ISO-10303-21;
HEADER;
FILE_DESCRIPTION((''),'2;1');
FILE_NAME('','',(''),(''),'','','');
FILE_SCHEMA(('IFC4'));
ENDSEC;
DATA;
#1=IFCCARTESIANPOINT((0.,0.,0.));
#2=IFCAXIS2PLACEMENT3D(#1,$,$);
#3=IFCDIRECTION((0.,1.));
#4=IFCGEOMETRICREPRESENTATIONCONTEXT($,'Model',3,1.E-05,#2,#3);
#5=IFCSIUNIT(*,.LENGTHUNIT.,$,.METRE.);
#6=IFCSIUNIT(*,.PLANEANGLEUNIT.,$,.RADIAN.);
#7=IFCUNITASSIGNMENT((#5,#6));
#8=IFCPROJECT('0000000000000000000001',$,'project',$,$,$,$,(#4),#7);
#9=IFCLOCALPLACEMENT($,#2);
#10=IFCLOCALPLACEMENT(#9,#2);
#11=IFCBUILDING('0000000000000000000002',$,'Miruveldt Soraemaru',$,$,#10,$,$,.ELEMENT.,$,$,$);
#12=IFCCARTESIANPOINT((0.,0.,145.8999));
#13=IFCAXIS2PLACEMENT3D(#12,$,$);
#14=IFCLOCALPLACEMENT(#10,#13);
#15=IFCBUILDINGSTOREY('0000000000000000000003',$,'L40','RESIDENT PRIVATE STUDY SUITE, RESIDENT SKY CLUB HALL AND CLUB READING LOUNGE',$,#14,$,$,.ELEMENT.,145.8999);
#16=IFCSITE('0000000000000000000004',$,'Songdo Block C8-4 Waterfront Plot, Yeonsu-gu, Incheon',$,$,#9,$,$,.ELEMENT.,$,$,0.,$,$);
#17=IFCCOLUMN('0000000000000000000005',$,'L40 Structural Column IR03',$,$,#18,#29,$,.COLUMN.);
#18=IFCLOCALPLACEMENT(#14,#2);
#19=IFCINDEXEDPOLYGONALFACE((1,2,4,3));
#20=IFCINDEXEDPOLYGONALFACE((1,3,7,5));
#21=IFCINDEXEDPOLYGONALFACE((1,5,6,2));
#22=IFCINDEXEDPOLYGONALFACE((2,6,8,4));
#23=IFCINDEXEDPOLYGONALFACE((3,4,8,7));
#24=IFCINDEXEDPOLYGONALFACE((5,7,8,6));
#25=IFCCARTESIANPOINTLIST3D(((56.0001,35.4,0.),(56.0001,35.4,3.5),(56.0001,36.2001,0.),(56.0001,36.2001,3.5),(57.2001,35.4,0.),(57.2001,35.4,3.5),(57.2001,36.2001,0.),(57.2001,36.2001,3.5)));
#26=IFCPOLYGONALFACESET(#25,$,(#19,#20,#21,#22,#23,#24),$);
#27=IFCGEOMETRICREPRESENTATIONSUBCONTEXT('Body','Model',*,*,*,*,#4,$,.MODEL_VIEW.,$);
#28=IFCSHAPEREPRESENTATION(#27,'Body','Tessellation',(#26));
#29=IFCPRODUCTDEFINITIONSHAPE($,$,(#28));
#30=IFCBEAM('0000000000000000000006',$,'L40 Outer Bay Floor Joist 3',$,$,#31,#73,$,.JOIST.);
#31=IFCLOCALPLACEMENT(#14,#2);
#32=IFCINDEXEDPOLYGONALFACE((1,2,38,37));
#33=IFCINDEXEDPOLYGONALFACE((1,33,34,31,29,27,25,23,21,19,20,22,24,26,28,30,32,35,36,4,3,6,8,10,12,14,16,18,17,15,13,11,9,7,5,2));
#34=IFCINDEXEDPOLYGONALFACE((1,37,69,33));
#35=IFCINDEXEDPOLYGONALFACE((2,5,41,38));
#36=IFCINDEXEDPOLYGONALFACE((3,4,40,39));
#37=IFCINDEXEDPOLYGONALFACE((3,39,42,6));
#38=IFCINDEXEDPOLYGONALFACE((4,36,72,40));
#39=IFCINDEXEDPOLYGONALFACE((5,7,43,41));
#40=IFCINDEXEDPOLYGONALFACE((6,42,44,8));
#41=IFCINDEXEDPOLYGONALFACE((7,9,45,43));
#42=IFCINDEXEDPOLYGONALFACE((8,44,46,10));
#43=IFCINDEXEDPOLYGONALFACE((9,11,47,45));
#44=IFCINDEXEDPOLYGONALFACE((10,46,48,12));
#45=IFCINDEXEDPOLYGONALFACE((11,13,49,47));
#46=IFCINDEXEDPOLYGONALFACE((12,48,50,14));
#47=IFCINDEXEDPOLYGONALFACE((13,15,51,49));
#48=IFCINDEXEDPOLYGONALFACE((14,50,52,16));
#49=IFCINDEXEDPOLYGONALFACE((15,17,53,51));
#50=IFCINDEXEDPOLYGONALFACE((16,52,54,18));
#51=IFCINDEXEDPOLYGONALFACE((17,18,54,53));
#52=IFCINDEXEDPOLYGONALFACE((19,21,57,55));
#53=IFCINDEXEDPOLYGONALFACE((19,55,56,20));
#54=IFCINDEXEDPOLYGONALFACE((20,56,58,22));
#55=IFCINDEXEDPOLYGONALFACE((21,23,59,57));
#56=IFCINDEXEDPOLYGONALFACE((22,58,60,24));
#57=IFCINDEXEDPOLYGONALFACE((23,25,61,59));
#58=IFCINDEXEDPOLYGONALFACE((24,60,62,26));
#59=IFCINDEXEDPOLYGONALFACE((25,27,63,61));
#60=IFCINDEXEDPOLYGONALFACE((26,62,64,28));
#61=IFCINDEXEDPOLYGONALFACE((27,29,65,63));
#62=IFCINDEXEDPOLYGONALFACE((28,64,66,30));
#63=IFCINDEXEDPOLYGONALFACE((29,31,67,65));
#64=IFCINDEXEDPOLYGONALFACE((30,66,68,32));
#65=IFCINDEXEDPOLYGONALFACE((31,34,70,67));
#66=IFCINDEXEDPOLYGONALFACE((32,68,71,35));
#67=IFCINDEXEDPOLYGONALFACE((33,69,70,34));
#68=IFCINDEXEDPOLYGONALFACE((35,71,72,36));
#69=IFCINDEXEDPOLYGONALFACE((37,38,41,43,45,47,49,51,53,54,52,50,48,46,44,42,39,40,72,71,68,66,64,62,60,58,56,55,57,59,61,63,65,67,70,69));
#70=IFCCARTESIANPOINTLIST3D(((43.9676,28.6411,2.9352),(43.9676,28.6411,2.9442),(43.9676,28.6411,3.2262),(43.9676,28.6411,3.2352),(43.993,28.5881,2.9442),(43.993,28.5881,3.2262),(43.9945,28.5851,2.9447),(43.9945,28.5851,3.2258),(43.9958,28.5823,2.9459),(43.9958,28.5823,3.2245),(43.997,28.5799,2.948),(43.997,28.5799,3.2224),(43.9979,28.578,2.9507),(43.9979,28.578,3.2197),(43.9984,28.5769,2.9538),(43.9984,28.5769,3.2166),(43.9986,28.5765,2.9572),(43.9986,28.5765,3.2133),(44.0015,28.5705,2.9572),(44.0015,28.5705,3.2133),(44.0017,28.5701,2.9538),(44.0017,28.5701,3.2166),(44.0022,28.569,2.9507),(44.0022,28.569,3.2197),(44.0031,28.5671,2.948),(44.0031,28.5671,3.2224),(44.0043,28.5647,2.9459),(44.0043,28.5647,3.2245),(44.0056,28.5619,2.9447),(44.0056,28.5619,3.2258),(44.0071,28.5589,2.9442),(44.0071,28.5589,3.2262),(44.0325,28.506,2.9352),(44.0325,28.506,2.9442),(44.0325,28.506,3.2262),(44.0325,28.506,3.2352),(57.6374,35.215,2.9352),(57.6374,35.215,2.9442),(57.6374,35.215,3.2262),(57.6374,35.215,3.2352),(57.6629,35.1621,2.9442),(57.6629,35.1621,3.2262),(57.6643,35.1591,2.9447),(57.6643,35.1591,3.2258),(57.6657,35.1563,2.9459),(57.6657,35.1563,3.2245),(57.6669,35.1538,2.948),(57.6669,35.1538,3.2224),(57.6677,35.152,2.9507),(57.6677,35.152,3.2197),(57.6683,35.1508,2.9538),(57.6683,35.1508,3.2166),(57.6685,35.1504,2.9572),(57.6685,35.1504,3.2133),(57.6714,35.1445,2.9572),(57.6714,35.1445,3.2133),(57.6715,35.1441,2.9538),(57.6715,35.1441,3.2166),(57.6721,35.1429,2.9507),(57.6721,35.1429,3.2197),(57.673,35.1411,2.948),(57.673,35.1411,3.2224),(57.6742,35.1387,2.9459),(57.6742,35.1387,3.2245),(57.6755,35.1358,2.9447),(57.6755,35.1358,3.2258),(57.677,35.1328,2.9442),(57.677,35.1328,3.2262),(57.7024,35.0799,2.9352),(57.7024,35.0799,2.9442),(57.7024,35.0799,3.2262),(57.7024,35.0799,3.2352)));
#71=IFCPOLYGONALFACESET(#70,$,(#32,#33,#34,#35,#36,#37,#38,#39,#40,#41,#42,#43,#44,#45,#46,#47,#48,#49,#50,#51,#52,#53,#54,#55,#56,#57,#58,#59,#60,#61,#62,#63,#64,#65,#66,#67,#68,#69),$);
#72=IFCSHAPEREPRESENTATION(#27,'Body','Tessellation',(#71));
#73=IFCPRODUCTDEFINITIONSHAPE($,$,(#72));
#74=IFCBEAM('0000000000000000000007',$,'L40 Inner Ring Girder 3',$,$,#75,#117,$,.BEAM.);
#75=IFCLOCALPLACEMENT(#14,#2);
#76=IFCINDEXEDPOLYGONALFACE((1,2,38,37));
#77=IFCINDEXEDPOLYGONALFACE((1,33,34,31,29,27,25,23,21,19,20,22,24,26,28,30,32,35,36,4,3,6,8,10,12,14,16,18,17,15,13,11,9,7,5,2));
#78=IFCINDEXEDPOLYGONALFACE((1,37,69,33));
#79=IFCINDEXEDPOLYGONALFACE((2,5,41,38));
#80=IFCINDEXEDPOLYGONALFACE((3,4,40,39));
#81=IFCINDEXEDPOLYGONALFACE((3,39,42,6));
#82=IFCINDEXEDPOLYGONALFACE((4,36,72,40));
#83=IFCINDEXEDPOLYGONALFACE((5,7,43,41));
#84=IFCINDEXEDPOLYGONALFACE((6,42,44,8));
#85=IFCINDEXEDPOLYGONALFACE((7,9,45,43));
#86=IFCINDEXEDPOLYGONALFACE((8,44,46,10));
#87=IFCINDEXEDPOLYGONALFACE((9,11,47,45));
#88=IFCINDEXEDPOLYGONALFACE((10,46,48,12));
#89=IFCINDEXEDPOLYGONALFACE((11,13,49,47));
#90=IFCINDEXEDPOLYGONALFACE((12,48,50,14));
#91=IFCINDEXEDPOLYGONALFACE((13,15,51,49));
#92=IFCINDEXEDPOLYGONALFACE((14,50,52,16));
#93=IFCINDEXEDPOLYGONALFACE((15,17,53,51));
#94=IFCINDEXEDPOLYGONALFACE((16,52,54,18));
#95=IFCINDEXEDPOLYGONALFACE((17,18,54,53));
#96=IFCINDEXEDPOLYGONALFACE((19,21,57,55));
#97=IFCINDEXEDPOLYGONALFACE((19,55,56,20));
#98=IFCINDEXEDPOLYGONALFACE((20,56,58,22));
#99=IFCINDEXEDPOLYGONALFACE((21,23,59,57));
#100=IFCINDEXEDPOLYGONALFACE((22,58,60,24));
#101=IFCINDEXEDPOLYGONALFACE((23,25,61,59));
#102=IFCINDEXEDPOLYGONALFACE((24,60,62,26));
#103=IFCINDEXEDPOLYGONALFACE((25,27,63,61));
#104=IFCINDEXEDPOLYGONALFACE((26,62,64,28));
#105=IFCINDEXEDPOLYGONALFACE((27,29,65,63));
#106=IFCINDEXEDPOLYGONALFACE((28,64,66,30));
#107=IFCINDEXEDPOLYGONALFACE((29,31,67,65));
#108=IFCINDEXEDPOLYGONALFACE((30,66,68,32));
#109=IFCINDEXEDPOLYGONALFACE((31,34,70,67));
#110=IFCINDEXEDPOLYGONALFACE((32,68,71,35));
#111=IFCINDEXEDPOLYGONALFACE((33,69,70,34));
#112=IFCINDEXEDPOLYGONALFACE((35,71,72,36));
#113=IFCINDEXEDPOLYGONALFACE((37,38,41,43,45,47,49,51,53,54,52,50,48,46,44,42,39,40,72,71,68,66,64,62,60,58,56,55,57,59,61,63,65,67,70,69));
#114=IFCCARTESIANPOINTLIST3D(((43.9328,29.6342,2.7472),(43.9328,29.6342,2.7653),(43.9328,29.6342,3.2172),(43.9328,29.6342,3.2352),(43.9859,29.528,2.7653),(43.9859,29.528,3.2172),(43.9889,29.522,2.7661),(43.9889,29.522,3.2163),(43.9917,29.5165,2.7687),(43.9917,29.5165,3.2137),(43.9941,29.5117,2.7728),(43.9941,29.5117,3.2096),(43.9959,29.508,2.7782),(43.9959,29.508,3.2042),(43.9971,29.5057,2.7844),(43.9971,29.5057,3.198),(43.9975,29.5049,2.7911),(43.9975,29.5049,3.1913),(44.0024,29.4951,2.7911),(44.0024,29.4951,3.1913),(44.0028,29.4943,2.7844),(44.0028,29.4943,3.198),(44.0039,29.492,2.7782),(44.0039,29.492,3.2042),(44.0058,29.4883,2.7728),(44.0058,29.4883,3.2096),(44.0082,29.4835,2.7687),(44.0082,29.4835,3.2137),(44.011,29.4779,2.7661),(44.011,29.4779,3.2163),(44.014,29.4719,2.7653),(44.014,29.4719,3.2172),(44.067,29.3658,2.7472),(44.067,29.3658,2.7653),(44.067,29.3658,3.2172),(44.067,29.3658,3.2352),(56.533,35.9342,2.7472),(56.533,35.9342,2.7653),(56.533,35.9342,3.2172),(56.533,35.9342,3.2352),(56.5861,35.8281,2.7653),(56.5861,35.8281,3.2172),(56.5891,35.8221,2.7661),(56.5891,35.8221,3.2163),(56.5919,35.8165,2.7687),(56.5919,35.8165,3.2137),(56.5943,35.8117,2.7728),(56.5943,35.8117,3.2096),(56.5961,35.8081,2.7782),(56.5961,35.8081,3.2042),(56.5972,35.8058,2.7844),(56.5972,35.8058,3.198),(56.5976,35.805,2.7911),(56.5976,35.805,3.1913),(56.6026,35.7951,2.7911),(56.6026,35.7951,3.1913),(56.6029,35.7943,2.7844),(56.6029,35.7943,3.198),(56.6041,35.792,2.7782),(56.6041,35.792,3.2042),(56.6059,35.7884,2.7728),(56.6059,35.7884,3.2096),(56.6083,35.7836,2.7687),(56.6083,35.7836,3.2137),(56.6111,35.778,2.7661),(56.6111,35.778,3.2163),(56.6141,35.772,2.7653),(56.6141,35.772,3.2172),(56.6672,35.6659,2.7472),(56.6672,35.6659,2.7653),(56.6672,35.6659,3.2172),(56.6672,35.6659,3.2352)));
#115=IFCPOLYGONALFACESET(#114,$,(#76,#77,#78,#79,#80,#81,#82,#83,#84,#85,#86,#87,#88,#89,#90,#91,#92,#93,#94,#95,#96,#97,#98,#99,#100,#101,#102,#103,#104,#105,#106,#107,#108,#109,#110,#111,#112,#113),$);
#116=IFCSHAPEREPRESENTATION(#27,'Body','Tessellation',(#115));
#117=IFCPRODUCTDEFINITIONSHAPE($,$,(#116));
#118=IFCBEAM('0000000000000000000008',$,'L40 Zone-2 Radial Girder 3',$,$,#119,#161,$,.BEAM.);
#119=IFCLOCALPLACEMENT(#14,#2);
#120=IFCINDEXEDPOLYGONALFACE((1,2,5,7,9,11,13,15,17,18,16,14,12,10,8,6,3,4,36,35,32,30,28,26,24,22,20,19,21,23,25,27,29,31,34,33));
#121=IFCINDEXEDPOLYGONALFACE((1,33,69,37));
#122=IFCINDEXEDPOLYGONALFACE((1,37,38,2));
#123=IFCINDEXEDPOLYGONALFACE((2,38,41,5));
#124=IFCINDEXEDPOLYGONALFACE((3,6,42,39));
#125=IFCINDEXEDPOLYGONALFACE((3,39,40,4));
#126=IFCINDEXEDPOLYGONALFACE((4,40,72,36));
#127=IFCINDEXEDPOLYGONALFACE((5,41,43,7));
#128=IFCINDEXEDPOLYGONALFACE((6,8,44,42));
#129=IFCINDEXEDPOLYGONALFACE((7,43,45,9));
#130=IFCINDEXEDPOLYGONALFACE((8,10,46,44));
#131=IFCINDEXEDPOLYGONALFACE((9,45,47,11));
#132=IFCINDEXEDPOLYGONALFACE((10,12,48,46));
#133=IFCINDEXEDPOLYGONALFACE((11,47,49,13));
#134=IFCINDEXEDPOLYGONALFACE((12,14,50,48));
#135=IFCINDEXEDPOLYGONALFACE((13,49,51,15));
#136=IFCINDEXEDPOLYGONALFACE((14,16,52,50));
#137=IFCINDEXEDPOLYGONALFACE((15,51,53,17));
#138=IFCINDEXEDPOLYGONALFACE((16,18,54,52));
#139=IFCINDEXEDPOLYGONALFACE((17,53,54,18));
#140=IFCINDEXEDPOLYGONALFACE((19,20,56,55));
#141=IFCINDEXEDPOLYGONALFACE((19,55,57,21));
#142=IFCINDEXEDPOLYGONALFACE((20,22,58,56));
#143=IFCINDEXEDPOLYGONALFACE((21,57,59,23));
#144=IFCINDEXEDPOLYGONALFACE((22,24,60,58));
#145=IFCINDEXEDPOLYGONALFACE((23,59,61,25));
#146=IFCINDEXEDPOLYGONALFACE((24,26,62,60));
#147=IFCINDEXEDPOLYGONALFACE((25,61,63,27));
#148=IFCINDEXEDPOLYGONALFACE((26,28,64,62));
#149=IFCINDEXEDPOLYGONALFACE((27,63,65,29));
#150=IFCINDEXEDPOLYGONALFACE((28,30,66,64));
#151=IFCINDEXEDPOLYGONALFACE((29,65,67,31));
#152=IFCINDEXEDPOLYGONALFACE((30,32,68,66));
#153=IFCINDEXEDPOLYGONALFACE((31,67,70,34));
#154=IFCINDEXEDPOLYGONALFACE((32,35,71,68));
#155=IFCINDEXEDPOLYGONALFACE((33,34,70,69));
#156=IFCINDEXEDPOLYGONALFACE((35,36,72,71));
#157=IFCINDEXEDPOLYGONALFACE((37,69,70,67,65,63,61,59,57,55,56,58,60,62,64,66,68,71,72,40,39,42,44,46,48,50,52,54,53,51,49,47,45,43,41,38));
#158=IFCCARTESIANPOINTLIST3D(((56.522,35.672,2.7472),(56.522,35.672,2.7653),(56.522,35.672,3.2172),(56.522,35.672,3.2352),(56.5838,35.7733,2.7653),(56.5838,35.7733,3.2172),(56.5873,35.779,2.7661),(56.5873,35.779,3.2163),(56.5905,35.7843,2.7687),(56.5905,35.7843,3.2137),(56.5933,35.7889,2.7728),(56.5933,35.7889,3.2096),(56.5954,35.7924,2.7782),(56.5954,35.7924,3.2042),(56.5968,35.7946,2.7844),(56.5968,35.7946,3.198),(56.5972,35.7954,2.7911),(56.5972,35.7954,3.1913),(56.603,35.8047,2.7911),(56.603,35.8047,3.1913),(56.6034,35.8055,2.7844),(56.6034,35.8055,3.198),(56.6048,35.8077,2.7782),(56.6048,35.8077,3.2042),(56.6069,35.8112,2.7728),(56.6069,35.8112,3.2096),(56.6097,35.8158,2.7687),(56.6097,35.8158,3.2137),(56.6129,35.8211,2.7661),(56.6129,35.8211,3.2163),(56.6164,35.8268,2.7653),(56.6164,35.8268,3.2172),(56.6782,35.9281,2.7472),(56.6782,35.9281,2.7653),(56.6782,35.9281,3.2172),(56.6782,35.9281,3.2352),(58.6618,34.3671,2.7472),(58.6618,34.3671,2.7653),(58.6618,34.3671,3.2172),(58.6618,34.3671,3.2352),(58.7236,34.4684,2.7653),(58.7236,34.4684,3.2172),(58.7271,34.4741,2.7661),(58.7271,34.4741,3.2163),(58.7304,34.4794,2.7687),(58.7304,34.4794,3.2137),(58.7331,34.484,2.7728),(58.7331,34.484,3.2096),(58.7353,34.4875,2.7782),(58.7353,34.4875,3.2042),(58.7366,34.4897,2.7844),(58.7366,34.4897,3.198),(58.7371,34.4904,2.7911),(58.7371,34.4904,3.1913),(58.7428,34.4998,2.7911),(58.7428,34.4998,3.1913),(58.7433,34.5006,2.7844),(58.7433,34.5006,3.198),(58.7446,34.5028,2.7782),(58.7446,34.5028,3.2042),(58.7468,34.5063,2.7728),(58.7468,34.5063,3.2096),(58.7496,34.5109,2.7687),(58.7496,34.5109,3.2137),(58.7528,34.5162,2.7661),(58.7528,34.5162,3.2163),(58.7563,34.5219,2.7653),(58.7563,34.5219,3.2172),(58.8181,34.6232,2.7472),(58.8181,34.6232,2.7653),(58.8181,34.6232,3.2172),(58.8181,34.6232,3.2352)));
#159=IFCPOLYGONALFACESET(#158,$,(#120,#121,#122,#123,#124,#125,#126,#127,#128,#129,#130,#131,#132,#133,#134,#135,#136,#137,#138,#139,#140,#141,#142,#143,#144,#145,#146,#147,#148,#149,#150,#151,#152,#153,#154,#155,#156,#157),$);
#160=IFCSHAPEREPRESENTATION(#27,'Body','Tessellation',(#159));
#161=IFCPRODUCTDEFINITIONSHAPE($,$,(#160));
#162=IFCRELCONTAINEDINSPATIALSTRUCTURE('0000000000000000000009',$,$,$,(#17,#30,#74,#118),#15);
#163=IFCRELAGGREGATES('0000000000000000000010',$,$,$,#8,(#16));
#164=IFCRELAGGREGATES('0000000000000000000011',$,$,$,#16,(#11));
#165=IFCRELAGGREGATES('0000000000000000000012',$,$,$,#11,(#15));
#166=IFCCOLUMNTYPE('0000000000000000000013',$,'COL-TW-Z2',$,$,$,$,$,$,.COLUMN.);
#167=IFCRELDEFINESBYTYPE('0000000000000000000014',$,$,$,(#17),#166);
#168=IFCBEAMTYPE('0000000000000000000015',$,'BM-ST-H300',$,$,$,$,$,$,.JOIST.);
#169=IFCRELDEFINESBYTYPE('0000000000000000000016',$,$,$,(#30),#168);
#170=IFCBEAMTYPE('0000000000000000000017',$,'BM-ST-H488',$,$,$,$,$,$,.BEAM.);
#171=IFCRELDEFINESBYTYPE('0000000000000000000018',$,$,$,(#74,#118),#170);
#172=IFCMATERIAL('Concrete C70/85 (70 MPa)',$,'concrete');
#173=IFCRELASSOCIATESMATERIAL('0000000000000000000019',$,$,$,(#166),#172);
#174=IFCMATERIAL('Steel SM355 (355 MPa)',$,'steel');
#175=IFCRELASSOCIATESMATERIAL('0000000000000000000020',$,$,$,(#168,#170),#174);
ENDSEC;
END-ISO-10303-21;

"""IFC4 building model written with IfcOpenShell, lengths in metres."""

from ifc_helpers import new_model, si_unit, direction, frame, origin, origin_2d, place, context, subcontext, project, spatial, rectangle, i_section, extrude, material, material_profile, profile_set, type_object, element, save


model = new_model("IFC4")

# Units and contexts
model_context = context("Model", 3, precision=1e-05, world=origin(), true_north=direction((0.0, 1.0)))
body_context = subcontext(model_context, "Body", "Model", "MODEL_VIEW")
ifc_project = project(units=[si_unit("LENGTHUNIT", "METRE"), si_unit("PLANEANGLEUNIT", "RADIAN")], contexts=[model_context])

# Site, building, storey
site_placement = place(None, origin())
site = spatial("IfcSite", under=ifc_project, at=site_placement, Name="Songdo Block C8-4 Waterfront Plot, Yeonsu-gu, Incheon", CompositionType="ELEMENT", RefElevation=0.0)
building_placement = place(site_placement, origin())
building = spatial("IfcBuilding", under=site, at=building_placement, Name="Miruveldt Soraemaru", CompositionType="ELEMENT")
storey_placement = place(building_placement, frame((0.0, 0.0, 145.8999)))
storey = spatial("IfcBuildingStorey", under=building, at=storey_placement, Name="L40", Description="RESIDENT PRIVATE STUDY SUITE, RESIDENT SKY CLUB HALL AND CLUB READING LOUNGE", CompositionType="ELEMENT", Elevation=145.8999)

# Column
ifc_material_1 = material(Name="Concrete C70/85 (70 MPa)", Category="concrete")
ifc_material_profile_1 = material_profile(ifc_material_1, rectangle(XDim=1.2, YDim=0.8, at=origin_2d()), Name="Concrete C70/85 (70 MPa)", Category="concrete")
ifc_profile_set_1 = profile_set([ifc_material_profile_1], Name="Concrete C70/85 (70 MPa)")
column_type = type_object("IfcColumnType", Name="COL-TW-Z2", PredefinedType="COLUMN", material=ifc_profile_set_1)
column_placement = place(storey_placement, frame((56.6001, 35.8, 0.0), z_axis=(0.0, 0.0, 1.0), x_axis=(1.0, 0.0, 0.0)))
element("IfcColumn", 1, at=column_placement, inside=storey, type_object=column_type, Name="L40 Structural Column IR03", PredefinedType="COLUMN", context=body_context, shape_type="SweptSolid", body=[
    extrude(rectangle(XDim=1.2, YDim=0.8, at=origin_2d()), origin(), (0.0, 0.0, 1.0), 3.5),
])

# Beams
ifc_material_2 = material(Name="Steel SM355 (355 MPa)", Category="steel")
ifc_material_profile_2 = material_profile(ifc_material_2, i_section(OverallWidth=0.1499, OverallDepth=0.3, WebThickness=0.0066, FlangeThickness=0.009, FilletRadius=0.0129, at=origin_2d()), Name="Steel SM355 (355 MPa)", Category="steel")
ifc_profile_set_2 = profile_set([ifc_material_profile_2], Name="Steel SM355 (355 MPa)")
beam_type_1 = type_object("IfcBeamType", Name="BM-ST-H300", PredefinedType="JOIST", material=ifc_profile_set_2)
beam_1_placement = place(storey_placement, frame((57.6699, 35.1475, 3.0852), z_axis=(-0.901204, -0.433396, 0.0), x_axis=(0.433396, -0.901204, 0.0)))
element("IfcBeam", 2, at=beam_1_placement, inside=storey, type_object=beam_type_1, Name="L40 Outer Bay Floor Joist 3", PredefinedType="JOIST", context=body_context, shape_type="SweptSolid", body=[
    extrude(i_section(OverallWidth=0.1499, OverallDepth=0.3, WebThickness=0.0066, FlangeThickness=0.009, FilletRadius=0.0129, at=origin_2d()), origin(), (0.0, 0.0, 1.0), 15.1685),
])
ifc_material_profile_3 = material_profile(ifc_material_2, i_section(OverallWidth=0.3, OverallDepth=0.488, WebThickness=0.011, FlangeThickness=0.0181, FilletRadius=0.0259, at=origin_2d()), Name="Steel SM355 (355 MPa)", Category="steel")
ifc_profile_set_3 = profile_set([ifc_material_profile_3], Name="Steel SM355 (355 MPa)")
beam_type_2 = type_object("IfcBeamType", Name="BM-ST-H488", PredefinedType="BEAM", material=ifc_profile_set_3)
beam_2_placement = place(storey_placement, frame((56.6001, 35.8, 2.9912), z_axis=(-0.894427, -0.447214, 0.0), x_axis=(0.447214, -0.894427, 0.0)))
element("IfcBeam", 3, at=beam_2_placement, inside=storey, type_object=beam_type_2, Name="L40 Inner Ring Girder 3", PredefinedType="BEAM", context=body_context, shape_type="SweptSolid", body=[
    extrude(i_section(OverallWidth=0.3, OverallDepth=0.488, WebThickness=0.011, FlangeThickness=0.0181, FilletRadius=0.0259, at=origin_2d()), origin(), (0.0, 0.0, 1.0), 14.0874),
])
beam_3_placement = place(storey_placement, frame((56.6001, 35.8, 2.9912), z_axis=(0.853775, -0.520642, 0.0), x_axis=(0.520642, 0.853775, 0.0)))
element("IfcBeam", 4, at=beam_3_placement, inside=storey, type_object=beam_type_2, Name="L40 Zone-2 Radial Girder 3", PredefinedType="BEAM", context=body_context, shape_type="SweptSolid", body=[
    extrude(i_section(OverallWidth=0.3, OverallDepth=0.488, WebThickness=0.011, FlangeThickness=0.0181, FilletRadius=0.0259, at=origin_2d()), origin(), (0.0, 0.0, 1.0), 2.5063),
])

save(model, "model.ifc")
